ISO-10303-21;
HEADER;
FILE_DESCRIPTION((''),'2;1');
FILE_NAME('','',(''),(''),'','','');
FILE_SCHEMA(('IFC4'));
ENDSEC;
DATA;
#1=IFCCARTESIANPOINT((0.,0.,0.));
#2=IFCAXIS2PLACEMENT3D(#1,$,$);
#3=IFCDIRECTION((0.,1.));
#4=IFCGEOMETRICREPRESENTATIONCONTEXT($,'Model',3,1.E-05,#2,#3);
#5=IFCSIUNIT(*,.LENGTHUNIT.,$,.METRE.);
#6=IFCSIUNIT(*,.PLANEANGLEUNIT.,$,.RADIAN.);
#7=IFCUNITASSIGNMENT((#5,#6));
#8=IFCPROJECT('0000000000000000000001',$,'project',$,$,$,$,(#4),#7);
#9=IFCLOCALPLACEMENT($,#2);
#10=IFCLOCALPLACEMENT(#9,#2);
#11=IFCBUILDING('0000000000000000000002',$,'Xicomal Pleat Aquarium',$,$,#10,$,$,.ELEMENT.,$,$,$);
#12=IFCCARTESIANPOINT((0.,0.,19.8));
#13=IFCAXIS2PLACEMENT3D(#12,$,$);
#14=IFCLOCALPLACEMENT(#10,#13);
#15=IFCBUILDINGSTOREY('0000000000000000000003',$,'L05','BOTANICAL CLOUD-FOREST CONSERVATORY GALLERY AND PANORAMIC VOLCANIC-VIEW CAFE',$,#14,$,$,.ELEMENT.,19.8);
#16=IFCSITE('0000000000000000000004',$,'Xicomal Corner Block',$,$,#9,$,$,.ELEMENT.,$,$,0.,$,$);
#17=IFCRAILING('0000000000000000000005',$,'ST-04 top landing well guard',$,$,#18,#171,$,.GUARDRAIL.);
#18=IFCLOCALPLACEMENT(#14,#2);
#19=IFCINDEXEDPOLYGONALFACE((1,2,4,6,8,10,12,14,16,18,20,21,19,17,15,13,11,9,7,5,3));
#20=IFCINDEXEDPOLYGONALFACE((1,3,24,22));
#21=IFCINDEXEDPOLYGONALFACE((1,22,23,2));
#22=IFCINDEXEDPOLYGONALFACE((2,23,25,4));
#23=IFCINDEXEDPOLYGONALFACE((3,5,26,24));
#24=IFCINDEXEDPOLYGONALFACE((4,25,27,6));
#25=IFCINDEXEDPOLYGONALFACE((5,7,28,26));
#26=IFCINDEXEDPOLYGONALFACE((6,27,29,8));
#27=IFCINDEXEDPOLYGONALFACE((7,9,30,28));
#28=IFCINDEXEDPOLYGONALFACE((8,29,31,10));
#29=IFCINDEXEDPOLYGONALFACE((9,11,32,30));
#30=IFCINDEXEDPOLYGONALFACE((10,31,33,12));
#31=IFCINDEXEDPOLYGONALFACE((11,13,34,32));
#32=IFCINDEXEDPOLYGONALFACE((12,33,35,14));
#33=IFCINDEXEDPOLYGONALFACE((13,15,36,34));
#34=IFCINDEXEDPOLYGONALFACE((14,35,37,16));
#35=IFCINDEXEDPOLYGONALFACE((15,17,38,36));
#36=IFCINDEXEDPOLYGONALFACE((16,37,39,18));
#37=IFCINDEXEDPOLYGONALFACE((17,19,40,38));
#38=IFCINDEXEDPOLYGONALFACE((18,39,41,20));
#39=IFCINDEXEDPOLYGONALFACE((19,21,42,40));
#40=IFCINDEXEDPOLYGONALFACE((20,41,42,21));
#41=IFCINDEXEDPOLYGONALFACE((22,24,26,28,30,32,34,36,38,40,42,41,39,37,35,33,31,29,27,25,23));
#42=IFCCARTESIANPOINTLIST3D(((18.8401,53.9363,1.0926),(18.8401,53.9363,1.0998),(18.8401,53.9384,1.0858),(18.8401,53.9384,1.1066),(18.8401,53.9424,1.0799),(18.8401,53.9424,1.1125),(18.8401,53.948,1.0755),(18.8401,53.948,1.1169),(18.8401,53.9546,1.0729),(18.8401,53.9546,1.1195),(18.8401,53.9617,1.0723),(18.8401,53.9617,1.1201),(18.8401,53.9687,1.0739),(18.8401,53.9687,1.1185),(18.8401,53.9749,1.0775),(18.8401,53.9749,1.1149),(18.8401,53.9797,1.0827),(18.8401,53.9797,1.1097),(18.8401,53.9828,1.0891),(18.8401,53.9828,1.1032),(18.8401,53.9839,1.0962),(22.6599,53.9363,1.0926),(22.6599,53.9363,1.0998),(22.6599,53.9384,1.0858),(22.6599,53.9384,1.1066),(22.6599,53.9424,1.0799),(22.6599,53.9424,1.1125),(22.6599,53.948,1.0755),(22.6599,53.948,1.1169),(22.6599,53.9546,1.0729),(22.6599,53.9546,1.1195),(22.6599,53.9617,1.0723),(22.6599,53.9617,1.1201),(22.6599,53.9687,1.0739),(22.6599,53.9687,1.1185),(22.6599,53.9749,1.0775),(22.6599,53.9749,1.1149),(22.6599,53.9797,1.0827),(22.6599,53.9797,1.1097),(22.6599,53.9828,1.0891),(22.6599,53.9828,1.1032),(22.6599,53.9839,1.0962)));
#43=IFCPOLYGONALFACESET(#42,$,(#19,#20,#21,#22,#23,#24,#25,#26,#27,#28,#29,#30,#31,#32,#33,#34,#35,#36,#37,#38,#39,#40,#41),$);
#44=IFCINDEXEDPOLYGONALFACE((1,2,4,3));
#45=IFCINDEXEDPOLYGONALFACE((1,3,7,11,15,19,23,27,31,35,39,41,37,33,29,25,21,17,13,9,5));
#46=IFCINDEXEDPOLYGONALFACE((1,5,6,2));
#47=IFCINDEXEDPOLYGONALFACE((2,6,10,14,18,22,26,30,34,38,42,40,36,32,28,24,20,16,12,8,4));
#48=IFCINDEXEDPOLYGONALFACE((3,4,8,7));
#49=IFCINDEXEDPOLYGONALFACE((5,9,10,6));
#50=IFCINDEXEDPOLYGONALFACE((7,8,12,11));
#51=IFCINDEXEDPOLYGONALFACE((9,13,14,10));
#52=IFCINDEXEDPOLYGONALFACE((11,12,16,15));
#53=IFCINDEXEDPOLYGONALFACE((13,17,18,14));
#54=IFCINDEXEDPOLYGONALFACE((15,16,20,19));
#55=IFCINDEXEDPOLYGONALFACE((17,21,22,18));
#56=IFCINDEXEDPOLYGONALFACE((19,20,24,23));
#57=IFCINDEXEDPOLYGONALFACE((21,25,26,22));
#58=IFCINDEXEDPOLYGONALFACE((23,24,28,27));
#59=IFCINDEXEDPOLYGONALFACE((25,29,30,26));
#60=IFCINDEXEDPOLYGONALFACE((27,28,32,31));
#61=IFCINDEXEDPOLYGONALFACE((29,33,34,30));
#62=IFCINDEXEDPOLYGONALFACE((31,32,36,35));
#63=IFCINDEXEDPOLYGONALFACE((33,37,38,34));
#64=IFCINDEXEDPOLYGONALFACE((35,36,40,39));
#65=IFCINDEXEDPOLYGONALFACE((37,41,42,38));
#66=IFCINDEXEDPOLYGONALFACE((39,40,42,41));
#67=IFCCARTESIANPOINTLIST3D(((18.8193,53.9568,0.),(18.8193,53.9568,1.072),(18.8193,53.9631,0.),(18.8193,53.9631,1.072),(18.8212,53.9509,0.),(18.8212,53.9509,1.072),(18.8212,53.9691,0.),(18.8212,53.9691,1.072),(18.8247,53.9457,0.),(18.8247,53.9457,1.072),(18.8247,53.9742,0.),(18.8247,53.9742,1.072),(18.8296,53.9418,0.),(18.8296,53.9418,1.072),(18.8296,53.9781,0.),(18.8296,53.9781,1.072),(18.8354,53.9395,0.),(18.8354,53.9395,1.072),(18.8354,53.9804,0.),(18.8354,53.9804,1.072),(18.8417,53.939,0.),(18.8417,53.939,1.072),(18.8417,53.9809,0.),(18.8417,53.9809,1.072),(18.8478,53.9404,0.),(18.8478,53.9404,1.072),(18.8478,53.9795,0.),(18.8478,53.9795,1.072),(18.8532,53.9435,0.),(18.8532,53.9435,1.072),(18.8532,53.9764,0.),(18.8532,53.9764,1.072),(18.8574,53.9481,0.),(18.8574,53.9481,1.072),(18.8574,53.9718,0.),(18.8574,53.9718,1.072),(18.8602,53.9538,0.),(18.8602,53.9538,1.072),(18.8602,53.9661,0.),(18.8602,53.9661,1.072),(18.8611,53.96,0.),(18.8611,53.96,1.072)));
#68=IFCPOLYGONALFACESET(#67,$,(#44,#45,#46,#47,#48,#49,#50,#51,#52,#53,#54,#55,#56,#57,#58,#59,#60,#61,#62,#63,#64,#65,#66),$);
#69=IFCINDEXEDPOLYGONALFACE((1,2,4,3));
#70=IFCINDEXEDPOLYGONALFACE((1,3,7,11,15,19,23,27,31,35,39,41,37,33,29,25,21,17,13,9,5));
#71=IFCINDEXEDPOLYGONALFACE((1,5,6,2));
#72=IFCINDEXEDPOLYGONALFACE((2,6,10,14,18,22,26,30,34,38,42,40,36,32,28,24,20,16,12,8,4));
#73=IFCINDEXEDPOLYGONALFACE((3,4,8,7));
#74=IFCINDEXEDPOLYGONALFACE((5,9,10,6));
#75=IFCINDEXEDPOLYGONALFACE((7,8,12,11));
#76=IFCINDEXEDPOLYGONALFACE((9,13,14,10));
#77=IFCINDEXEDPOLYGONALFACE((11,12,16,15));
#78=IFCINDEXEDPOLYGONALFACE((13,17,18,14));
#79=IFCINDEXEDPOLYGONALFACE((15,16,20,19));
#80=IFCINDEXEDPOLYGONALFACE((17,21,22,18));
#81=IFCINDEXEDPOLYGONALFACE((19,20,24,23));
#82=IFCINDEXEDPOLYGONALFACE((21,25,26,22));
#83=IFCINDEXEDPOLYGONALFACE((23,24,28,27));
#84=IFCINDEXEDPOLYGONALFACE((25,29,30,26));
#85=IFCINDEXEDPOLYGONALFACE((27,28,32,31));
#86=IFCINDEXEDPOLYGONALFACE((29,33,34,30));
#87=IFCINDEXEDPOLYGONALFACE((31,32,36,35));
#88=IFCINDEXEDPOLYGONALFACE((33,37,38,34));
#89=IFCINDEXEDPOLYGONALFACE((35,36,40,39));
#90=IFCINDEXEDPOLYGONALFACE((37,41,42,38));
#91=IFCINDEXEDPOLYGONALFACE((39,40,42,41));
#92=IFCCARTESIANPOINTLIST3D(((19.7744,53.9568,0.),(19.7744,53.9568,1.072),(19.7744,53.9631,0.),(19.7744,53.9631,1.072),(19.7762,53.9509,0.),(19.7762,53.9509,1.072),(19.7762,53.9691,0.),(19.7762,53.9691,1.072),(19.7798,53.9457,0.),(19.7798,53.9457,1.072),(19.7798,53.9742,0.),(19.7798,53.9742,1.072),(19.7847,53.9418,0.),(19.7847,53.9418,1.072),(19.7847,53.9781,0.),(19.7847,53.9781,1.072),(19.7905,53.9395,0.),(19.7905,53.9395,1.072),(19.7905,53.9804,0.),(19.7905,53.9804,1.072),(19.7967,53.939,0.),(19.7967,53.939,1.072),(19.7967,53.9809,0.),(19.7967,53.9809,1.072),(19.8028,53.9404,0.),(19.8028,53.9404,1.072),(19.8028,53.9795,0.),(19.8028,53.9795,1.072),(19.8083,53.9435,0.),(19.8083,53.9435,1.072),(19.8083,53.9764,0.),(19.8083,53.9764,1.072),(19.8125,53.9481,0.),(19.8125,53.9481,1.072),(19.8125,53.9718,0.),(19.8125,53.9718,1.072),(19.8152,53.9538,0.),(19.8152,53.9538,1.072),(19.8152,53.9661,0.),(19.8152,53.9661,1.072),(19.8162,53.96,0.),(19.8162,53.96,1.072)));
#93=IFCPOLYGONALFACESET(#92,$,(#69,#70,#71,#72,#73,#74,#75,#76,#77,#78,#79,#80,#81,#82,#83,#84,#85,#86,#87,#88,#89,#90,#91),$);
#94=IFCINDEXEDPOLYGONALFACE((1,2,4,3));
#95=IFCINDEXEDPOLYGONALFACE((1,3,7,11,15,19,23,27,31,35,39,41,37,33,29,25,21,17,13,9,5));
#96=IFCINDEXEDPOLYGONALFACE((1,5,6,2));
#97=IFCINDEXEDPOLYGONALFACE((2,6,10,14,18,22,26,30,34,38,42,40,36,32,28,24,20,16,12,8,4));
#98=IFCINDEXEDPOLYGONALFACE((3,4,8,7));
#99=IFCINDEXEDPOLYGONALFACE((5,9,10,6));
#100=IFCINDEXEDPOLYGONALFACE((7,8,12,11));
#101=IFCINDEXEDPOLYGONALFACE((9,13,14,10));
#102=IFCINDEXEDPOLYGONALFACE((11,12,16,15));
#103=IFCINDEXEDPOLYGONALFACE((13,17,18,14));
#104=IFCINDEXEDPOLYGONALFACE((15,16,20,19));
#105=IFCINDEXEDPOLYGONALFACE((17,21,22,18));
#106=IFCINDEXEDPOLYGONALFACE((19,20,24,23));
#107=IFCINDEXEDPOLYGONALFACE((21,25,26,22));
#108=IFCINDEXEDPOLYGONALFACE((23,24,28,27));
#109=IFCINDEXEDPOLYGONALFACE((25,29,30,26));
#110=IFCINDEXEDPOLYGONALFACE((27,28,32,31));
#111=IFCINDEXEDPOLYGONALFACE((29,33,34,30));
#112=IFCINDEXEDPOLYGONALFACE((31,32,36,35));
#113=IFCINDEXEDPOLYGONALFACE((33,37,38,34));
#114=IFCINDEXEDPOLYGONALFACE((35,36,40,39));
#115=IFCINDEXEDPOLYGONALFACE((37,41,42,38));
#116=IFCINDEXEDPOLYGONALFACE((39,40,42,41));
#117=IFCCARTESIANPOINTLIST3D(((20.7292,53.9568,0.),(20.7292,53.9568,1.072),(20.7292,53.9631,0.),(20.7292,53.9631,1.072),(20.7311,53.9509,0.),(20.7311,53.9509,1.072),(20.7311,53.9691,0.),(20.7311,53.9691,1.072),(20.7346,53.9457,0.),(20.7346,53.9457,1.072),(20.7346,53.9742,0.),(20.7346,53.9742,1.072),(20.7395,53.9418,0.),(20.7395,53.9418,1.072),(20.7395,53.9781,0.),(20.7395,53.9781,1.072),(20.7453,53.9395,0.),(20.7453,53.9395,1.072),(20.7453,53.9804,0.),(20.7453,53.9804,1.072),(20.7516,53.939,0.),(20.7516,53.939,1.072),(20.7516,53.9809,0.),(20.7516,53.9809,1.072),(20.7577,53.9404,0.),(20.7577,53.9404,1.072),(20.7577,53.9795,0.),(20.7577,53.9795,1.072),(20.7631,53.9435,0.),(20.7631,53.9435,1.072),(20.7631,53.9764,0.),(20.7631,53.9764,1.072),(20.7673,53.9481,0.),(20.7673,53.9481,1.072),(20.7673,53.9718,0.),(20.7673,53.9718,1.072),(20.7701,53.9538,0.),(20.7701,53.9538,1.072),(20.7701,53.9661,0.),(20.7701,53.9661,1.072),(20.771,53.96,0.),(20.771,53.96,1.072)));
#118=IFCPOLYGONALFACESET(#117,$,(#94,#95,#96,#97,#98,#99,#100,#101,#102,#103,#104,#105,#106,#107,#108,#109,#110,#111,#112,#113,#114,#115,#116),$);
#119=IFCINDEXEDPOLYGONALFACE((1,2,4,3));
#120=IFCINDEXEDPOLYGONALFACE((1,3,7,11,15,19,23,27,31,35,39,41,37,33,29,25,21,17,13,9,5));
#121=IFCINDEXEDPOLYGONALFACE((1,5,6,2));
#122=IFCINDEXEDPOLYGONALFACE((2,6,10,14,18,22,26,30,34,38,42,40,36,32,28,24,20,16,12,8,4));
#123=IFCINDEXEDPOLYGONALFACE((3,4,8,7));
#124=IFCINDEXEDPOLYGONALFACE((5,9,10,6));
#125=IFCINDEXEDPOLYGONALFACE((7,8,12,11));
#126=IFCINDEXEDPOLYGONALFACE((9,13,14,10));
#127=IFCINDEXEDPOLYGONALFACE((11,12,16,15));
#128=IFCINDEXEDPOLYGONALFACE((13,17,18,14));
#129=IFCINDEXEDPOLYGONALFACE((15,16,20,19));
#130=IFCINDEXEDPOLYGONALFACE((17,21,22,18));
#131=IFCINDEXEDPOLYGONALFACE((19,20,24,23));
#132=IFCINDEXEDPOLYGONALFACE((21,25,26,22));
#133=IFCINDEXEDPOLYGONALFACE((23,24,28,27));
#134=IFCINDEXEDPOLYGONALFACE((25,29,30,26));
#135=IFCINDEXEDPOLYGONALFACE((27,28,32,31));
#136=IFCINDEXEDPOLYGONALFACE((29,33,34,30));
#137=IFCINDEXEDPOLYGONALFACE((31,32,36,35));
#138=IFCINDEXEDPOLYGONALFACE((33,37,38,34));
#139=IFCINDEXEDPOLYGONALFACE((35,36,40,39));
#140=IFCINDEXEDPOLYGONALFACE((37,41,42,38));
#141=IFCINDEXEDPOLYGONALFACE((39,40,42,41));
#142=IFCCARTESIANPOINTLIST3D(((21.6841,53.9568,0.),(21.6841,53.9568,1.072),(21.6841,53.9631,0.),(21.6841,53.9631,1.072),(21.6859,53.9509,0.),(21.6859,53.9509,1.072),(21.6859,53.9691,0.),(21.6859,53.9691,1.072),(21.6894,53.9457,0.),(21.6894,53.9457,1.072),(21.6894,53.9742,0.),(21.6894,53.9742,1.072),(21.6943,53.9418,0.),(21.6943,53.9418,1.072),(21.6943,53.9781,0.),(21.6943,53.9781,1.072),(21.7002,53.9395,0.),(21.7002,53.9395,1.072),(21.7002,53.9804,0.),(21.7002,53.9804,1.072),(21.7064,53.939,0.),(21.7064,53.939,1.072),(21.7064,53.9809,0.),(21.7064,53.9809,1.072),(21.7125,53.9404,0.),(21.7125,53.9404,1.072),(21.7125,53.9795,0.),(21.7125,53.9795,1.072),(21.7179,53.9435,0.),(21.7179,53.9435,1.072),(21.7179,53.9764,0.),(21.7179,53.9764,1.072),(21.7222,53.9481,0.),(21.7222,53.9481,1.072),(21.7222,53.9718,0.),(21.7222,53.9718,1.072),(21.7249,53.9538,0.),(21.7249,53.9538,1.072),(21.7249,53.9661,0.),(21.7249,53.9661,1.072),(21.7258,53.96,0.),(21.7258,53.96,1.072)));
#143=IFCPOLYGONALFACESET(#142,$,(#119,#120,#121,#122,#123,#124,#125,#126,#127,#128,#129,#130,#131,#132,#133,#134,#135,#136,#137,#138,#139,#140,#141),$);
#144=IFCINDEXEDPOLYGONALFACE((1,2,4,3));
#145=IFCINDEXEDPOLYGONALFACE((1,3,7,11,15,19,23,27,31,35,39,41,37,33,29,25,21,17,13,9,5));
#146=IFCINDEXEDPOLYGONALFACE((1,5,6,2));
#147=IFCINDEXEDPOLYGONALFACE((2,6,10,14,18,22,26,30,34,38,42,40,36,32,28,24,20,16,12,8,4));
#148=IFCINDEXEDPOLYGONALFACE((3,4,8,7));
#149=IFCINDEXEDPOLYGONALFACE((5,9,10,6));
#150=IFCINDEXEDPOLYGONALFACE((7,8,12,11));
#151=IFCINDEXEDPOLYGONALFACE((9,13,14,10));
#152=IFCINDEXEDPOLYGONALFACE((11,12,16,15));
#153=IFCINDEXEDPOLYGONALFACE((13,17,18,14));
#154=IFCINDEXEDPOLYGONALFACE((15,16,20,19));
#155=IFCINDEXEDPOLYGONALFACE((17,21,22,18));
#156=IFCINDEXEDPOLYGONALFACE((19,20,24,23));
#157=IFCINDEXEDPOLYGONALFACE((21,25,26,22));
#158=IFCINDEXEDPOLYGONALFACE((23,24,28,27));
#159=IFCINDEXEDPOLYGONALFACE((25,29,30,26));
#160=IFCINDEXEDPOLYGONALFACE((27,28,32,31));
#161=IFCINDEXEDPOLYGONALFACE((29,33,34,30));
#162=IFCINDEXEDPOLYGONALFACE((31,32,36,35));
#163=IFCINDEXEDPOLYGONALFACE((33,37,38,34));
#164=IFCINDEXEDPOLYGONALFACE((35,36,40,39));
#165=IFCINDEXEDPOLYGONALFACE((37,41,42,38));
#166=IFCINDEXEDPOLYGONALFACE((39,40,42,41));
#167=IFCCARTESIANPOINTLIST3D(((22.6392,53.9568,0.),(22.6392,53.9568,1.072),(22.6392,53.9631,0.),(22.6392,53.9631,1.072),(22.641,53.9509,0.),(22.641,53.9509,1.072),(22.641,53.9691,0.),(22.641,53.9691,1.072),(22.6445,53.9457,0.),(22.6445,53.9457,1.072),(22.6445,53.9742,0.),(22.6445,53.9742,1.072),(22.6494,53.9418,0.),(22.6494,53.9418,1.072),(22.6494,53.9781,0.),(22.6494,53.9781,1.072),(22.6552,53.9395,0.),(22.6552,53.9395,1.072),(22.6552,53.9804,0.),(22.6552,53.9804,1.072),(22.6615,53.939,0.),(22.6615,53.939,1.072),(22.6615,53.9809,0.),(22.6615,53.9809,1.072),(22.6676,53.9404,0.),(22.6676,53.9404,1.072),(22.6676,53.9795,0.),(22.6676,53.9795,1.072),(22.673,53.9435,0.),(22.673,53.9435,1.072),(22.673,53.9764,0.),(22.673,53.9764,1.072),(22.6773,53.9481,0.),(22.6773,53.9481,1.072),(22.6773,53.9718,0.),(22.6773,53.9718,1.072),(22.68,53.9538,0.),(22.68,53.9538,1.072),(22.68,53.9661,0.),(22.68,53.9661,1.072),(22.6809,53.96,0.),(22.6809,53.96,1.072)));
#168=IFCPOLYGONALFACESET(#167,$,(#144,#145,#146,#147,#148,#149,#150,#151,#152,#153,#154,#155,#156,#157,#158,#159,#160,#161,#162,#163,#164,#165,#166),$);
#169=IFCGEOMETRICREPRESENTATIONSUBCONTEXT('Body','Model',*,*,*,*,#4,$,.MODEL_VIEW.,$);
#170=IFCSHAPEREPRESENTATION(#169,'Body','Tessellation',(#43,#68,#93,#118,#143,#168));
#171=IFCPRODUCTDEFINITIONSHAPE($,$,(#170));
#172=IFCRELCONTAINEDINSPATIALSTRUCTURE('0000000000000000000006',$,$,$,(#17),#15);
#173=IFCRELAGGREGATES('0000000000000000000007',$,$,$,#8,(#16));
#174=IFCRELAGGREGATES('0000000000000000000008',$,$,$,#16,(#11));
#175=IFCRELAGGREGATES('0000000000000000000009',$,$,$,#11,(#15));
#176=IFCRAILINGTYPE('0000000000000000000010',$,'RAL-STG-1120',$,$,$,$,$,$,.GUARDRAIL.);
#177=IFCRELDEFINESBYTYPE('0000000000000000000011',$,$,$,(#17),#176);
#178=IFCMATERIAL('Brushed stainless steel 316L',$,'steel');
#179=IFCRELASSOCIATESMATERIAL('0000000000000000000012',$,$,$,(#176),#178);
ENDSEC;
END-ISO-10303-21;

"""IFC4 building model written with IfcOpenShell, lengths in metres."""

from ifc_helpers import new_model, si_unit, direction, frame, origin, origin_2d, place, context, subcontext, project, spatial, circle, extrude, material, type_object, element, save


model = new_model("IFC4")

# Units and contexts
model_context = context("Model", 3, precision=1e-05, world=origin(), true_north=direction((0.0, 1.0)))
body_context = subcontext(model_context, "Body", "Model", "MODEL_VIEW")
ifc_project = project(units=[si_unit("LENGTHUNIT", "METRE"), si_unit("PLANEANGLEUNIT", "RADIAN")], contexts=[model_context])

# Site, building, storey
site_placement = place(None, origin())
site = spatial("IfcSite", under=ifc_project, at=site_placement, Name="Xicomal Corner Block", CompositionType="ELEMENT", RefElevation=0.0)
building_placement = place(site_placement, origin())
building = spatial("IfcBuilding", under=site, at=building_placement, Name="Xicomal Pleat Aquarium", CompositionType="ELEMENT")
storey_placement = place(building_placement, frame((0.0, 0.0, 19.8)))
storey = spatial("IfcBuildingStorey", under=building, at=storey_placement, Name="L05", Description="BOTANICAL CLOUD-FOREST CONSERVATORY GALLERY AND PANORAMIC VOLCANIC-VIEW CAFE", CompositionType="ELEMENT", Elevation=19.8)

# Railing
ifc_material_1 = material(Name="Brushed stainless steel 316L", Category="steel")
railing_type = type_object("IfcRailingType", Name="RAL-STG-1120", PredefinedType="GUARDRAIL", material=ifc_material_1)
railing_placement = place(storey_placement, frame((18.8401, 53.96, 0.0)))
element("IfcRailing", 1, at=railing_placement, inside=storey, type_object=railing_type, Name="ST-04 top landing well guard", PredefinedType="GUARDRAIL", context=body_context, shape_type="SweptSolid", body=[
    extrude(circle(Radius=0.0239, at=origin_2d()), frame((0.0, 0.0, 1.0962), z_axis=(1.0, 0.0, 0.0), x_axis=(0.0, 1.0, 0.0)), (0.0, 0.0, 1.0), 3.8198),
    extrude(circle(Radius=0.021, at=origin_2d()), origin(), (0.0, 0.0, 1.0), 1.072),
    extrude(circle(Radius=0.021, at=origin_2d()), frame((0.9551, 0.0, 0.0)), (0.0, 0.0, 1.0), 1.072),
    extrude(circle(Radius=0.021, at=origin_2d()), frame((1.9099, 0.0, 0.0)), (0.0, 0.0, 1.0), 1.072),
    extrude(circle(Radius=0.021, at=origin_2d()), frame((2.8647, 0.0, 0.0)), (0.0, 0.0, 1.0), 1.072),
    extrude(circle(Radius=0.021, at=origin_2d()), frame((3.8198, 0.0, 0.0)), (0.0, 0.0, 1.0), 1.072),
])

save(model, "model.ifc")
